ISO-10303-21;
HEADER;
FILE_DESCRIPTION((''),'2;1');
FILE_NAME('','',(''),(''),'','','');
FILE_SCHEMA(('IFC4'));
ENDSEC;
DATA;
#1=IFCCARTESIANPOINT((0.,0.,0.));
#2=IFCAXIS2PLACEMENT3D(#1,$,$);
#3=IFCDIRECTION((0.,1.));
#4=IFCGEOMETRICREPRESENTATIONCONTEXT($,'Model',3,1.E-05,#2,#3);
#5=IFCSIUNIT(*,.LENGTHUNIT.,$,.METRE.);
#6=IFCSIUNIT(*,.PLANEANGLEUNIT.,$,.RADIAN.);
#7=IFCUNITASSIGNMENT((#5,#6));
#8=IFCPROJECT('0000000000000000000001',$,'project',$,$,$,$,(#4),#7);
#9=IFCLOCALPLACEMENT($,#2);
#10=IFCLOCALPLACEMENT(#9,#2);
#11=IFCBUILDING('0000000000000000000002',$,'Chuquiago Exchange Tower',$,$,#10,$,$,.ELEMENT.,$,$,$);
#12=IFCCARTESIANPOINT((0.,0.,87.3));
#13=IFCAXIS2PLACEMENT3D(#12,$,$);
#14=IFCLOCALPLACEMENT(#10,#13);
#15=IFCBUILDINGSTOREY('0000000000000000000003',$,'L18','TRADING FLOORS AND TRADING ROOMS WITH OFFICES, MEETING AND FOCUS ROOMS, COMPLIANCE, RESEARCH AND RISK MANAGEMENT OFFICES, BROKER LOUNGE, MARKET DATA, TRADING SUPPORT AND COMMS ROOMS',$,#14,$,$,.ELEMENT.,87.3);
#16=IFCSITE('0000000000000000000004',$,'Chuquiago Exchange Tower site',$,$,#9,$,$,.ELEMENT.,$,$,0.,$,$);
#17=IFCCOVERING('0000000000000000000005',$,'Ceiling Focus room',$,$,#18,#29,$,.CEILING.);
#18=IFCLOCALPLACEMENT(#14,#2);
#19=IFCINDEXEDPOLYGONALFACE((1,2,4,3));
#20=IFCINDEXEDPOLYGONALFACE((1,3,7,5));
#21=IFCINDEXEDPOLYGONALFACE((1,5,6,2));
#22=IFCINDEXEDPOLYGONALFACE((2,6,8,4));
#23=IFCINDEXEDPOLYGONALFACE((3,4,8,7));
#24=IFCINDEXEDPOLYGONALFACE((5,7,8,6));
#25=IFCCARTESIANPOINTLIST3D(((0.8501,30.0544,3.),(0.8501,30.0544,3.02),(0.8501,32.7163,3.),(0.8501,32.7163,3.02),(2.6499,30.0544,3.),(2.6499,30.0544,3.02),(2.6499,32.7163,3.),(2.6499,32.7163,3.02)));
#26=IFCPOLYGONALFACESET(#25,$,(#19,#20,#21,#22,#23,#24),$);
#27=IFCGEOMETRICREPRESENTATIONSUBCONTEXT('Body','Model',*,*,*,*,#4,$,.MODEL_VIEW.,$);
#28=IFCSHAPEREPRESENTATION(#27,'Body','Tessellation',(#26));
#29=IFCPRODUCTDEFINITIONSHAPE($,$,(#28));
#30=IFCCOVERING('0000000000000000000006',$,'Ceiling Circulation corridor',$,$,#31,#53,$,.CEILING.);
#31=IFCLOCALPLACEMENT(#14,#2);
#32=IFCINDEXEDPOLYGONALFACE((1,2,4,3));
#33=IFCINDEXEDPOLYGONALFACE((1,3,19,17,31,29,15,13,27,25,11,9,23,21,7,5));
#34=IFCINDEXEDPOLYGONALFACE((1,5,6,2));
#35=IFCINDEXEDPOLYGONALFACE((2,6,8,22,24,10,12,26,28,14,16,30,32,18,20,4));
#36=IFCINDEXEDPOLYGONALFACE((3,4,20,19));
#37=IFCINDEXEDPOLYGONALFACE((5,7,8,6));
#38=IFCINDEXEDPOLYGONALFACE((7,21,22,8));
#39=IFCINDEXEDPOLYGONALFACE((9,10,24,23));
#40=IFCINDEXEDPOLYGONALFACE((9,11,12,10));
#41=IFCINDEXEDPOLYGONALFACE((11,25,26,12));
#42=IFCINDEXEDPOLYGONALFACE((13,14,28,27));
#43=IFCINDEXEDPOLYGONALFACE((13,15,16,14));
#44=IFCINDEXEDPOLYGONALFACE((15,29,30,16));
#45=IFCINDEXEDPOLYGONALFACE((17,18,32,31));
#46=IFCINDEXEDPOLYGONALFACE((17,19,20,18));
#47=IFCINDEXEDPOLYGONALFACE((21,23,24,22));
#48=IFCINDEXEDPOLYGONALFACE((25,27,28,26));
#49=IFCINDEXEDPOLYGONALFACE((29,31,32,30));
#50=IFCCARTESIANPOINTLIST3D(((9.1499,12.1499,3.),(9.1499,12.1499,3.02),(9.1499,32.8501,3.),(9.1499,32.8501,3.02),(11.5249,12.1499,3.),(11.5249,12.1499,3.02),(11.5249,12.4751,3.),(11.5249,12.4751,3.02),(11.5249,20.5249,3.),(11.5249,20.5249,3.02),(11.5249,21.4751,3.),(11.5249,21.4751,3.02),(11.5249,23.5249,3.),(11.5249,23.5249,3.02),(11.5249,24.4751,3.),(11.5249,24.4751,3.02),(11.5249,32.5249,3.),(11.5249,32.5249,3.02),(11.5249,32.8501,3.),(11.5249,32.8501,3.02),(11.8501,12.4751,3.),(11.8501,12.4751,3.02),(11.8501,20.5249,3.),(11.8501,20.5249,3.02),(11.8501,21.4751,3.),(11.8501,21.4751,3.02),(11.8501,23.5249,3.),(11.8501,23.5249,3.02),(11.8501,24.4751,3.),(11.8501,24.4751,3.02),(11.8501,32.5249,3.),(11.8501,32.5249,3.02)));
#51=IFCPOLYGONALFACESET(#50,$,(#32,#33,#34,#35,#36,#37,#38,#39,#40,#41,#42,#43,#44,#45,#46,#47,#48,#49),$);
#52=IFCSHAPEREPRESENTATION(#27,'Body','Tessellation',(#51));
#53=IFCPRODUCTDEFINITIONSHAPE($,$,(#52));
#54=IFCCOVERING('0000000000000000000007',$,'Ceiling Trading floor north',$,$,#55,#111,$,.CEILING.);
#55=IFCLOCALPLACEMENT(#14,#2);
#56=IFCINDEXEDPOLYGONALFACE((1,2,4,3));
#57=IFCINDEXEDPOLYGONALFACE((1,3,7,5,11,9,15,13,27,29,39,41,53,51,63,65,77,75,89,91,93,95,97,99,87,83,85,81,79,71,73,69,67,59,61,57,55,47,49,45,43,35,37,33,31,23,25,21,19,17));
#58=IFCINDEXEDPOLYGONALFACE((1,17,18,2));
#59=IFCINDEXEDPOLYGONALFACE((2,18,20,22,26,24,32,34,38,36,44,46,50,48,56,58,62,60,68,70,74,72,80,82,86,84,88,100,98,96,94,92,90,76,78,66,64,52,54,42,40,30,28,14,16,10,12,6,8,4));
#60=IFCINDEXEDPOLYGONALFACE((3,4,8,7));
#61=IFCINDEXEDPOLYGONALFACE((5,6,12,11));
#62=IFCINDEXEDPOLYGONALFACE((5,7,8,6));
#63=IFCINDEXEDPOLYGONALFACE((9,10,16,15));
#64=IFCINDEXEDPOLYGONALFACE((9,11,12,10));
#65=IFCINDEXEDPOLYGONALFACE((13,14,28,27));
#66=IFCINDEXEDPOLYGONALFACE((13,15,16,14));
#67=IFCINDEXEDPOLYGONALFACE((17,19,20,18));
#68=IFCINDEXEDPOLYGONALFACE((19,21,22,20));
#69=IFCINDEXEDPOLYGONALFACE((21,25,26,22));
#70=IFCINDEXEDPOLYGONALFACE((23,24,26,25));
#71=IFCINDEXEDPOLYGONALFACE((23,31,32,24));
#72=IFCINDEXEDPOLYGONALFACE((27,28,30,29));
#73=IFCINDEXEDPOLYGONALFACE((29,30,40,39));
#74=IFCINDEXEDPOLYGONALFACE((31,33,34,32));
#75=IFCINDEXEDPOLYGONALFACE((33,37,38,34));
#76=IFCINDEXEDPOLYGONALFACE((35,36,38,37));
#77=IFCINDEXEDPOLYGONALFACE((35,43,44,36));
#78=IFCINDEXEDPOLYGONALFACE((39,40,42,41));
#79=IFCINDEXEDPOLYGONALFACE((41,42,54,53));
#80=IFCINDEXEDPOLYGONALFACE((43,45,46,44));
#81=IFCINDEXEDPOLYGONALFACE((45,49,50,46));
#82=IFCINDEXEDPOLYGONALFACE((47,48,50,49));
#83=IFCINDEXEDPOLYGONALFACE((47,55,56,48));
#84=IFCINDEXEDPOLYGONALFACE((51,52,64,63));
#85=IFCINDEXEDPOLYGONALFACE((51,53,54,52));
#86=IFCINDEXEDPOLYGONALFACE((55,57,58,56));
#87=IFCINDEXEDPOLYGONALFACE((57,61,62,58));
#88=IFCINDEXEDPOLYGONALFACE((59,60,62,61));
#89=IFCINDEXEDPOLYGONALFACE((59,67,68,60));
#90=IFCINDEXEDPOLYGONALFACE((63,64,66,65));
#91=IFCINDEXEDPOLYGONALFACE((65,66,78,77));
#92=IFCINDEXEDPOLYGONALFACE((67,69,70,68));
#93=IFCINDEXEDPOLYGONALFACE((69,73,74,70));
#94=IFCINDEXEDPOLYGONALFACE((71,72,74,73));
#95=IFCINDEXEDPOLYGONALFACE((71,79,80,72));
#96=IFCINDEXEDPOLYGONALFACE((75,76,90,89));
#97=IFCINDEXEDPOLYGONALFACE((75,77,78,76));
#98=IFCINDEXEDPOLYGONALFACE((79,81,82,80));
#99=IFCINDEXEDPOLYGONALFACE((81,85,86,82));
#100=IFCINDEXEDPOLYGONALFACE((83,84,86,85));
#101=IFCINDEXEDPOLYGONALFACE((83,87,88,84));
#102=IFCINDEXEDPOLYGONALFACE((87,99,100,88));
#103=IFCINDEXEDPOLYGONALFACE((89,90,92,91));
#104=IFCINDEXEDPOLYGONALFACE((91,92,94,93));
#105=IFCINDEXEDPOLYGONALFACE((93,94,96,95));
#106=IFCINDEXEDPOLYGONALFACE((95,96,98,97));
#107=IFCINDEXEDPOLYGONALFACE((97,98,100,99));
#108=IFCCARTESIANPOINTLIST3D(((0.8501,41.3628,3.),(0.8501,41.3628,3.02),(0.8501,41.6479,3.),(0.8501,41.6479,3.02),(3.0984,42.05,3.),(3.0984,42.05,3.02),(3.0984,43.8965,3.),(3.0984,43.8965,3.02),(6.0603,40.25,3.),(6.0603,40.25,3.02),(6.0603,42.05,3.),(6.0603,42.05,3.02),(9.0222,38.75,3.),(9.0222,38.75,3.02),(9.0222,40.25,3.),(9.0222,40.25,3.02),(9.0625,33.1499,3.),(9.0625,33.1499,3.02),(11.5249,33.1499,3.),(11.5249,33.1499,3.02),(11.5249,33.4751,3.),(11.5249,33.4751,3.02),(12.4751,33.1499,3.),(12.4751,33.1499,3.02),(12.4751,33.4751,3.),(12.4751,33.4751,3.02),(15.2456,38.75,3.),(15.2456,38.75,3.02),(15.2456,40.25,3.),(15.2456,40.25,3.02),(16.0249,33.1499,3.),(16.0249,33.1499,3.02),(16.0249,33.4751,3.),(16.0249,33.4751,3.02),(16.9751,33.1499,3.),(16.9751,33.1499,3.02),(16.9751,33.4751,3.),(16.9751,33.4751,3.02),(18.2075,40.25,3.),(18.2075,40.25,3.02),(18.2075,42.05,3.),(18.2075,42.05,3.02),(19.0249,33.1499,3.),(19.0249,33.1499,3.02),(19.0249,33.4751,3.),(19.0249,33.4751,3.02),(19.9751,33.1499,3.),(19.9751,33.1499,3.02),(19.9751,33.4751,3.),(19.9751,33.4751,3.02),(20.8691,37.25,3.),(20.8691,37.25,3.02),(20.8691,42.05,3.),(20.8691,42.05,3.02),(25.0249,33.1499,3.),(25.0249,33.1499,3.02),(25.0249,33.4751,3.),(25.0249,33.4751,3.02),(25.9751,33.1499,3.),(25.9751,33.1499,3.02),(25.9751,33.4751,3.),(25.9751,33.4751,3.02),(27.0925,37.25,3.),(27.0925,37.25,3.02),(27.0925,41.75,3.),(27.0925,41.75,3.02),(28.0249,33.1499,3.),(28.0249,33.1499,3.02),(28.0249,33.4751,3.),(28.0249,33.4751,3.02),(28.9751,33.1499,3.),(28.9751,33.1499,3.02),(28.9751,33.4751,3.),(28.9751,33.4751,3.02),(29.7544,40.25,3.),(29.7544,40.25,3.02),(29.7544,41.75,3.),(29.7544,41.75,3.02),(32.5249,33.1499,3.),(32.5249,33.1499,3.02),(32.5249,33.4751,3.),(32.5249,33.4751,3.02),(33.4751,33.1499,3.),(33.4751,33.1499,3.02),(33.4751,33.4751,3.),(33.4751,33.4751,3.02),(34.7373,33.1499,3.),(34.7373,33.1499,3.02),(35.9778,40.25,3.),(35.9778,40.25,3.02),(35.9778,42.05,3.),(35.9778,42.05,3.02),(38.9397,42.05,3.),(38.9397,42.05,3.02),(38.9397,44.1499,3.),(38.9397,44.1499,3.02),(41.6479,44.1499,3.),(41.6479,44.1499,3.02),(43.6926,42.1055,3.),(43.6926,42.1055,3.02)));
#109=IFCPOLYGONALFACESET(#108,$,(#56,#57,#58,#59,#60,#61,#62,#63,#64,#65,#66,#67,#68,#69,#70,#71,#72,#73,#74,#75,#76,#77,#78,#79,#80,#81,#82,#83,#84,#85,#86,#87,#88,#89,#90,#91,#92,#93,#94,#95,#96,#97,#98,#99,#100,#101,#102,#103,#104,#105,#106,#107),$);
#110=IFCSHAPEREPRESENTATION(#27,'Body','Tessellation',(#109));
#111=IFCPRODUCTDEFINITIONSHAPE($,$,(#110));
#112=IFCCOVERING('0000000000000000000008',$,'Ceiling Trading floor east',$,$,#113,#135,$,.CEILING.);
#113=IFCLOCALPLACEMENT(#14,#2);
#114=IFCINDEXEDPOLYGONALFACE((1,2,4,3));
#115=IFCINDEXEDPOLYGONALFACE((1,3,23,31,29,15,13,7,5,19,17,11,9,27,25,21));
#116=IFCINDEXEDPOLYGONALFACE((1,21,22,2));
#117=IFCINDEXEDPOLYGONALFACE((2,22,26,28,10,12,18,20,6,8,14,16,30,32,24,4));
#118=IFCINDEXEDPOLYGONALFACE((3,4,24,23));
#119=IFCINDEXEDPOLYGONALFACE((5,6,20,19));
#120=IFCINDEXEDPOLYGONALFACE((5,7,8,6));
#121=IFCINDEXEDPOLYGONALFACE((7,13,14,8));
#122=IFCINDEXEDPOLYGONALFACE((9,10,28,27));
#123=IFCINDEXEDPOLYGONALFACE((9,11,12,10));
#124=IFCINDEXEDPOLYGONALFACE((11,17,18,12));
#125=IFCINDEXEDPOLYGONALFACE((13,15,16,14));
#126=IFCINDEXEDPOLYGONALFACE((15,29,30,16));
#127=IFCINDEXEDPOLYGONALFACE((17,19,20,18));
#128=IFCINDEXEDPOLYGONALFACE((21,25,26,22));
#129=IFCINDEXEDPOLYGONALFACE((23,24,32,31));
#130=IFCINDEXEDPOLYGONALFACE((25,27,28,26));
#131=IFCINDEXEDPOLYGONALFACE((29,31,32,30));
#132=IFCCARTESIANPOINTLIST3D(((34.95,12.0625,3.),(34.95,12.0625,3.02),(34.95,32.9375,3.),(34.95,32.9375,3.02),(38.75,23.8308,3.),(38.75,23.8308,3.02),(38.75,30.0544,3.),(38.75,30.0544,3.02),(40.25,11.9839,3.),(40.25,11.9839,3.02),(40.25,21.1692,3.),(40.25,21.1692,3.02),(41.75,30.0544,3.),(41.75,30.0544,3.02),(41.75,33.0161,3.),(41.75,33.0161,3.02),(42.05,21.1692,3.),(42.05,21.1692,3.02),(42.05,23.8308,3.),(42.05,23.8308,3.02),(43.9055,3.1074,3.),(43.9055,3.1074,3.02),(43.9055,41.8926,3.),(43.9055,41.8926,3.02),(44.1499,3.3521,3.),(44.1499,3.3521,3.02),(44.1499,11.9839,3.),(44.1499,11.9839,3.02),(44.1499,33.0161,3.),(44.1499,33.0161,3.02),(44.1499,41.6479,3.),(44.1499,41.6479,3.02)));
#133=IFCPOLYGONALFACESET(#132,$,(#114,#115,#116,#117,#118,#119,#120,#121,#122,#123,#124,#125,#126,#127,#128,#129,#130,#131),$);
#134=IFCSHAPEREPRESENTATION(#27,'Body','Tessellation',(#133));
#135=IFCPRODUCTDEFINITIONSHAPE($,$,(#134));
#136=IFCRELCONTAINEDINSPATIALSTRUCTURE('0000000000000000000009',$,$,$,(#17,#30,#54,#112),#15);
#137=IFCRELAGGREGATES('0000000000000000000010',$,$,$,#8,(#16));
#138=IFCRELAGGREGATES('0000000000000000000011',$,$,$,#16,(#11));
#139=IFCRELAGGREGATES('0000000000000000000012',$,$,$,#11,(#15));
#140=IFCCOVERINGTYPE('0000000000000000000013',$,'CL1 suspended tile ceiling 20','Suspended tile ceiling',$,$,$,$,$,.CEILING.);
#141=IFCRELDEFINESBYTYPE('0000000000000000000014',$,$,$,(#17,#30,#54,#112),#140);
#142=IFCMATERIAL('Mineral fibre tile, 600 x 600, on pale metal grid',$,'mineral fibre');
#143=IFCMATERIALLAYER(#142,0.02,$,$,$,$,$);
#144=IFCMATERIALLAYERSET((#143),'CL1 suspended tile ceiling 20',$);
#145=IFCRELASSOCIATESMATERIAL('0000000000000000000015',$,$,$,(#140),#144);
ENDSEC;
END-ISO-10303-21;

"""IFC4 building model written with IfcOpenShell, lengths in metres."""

from ifc_helpers import new_model, si_unit, direction, frame, origin, place, context, subcontext, project, spatial, polyline, outline, extrude, material, layer, layer_set, type_object, element, save


model = new_model("IFC4")

# Units and contexts
model_context = context("Model", 3, precision=1e-05, world=origin(), true_north=direction((0.0, 1.0)))
body_context = subcontext(model_context, "Body", "Model", "MODEL_VIEW")
ifc_project = project(units=[si_unit("LENGTHUNIT", "METRE"), si_unit("PLANEANGLEUNIT", "RADIAN")], contexts=[model_context])

# Site, building, storey
site_placement = place(None, origin())
site = spatial("IfcSite", under=ifc_project, at=site_placement, Name="Chuquiago Exchange Tower site", CompositionType="ELEMENT", RefElevation=0.0)
building_placement = place(site_placement, origin())
building = spatial("IfcBuilding", under=site, at=building_placement, Name="Chuquiago Exchange Tower", CompositionType="ELEMENT")
storey_placement = place(building_placement, frame((0.0, 0.0, 87.3)))
storey = spatial("IfcBuildingStorey", under=building, at=storey_placement, Name="L18", Description="TRADING FLOORS AND TRADING ROOMS WITH OFFICES, MEETING AND FOCUS ROOMS, COMPLIANCE, RESEARCH AND RISK MANAGEMENT OFFICES, BROKER LOUNGE, MARKET DATA, TRADING SUPPORT AND COMMS ROOMS", CompositionType="ELEMENT", Elevation=87.3)

# Coverings
ifc_material_1 = material(Name="Mineral fibre tile, 600 x 600, on pale metal grid", Category="mineral fibre")
ifc_layer_1 = layer(ifc_material_1, 0.02)
ifc_layer_set_1 = layer_set([ifc_layer_1], Name="CL1 suspended tile ceiling 20")
covering_type_1 = type_object("IfcCoveringType", Name="CL1 suspended tile ceiling 20", Description="Suspended tile ceiling", PredefinedType="CEILING", material=ifc_layer_set_1)
covering_1_placement = place(storey_placement, frame((0.0, 0.0, 3.0)))
element("IfcCovering", 1, at=covering_1_placement, inside=storey, type_object=covering_type_1, Name="Ceiling Focus room", PredefinedType="CEILING", context=body_context, shape_type="SweptSolid", body=[
    extrude(outline(polyline([(2.6499, 32.7163), (2.6499, 30.0544), (0.8501, 30.0544), (0.8501, 32.7163), (2.6499, 32.7163)])), origin(), (0.0, 0.0, 1.0), 0.02),
])
covering_2_placement = place(storey_placement, frame((0.0, 0.0, 3.0)))
element("IfcCovering", 2, at=covering_2_placement, inside=storey, type_object=covering_type_1, Name="Ceiling Circulation corridor", PredefinedType="CEILING", context=body_context, shape_type="SweptSolid", body=[
    extrude(outline(polyline([(9.1499, 12.1499), (9.1499, 32.8501), (11.5249, 32.8501), (11.5249, 32.5249), (11.8501, 32.5249), (11.8501, 24.4751), (11.5249, 24.4751), (11.5249, 23.5249), (11.8501, 23.5249), (11.8501, 21.4751), (11.5249, 21.4751), (11.5249, 20.5249), (11.8501, 20.5249), (11.8501, 12.4751), (11.5249, 12.4751), (11.5249, 12.1499), (9.1499, 12.1499)])), origin(), (0.0, 0.0, 1.0), 0.02),
])
covering_3_placement = place(storey_placement, frame((0.0, 0.0, 3.0)))
element("IfcCovering", 3, at=covering_3_placement, inside=storey, type_object=covering_type_1, Name="Ceiling Trading floor north", PredefinedType="CEILING", context=body_context, shape_type="SweptSolid", body=[
    extrude(outline(polyline([(3.0984, 43.8965), (3.0984, 42.05), (6.0603, 42.05), (6.0603, 40.25), (9.0222, 40.25), (9.0222, 38.75), (15.2456, 38.75), (15.2456, 40.25), (18.2075, 40.25), (18.2075, 42.05), (20.8691, 42.05), (20.8691, 37.25), (27.0925, 37.25), (27.0925, 41.75), (29.7544, 41.75), (29.7544, 40.25), (35.9778, 40.25), (35.9778, 42.05), (38.9397, 42.05), (38.9397, 44.1499), (41.6479, 44.1499), (43.6926, 42.1055), (34.7373, 33.1499), (33.4751, 33.1499), (33.4751, 33.4751), (32.5249, 33.4751), (32.5249, 33.1499), (28.9751, 33.1499), (28.9751, 33.4751), (28.0249, 33.4751), (28.0249, 33.1499), (25.9751, 33.1499), (25.9751, 33.4751), (25.0249, 33.4751), (25.0249, 33.1499), (19.9751, 33.1499), (19.9751, 33.4751), (19.0249, 33.4751), (19.0249, 33.1499), (16.9751, 33.1499), (16.9751, 33.4751), (16.0249, 33.4751), (16.0249, 33.1499), (12.4751, 33.1499), (12.4751, 33.4751), (11.5249, 33.4751), (11.5249, 33.1499), (9.0625, 33.1499), (0.8501, 41.3628), (0.8501, 41.6479), (3.0984, 43.8965)])), origin(), (0.0, 0.0, 1.0), 0.02),
])
covering_4_placement = place(storey_placement, frame((0.0, 0.0, 3.0)))
element("IfcCovering", 4, at=covering_4_placement, inside=storey, type_object=covering_type_1, Name="Ceiling Trading floor east", PredefinedType="CEILING", context=body_context, shape_type="SweptSolid", body=[
    extrude(outline(polyline([(44.1499, 33.0161), (41.75, 33.0161), (41.75, 30.0544), (38.75, 30.0544), (38.75, 23.8308), (42.05, 23.8308), (42.05, 21.1692), (40.25, 21.1692), (40.25, 11.9839), (44.1499, 11.9839), (44.1499, 3.3521), (43.9055, 3.1074), (34.95, 12.0625), (34.95, 32.9375), (43.9055, 41.8926), (44.1499, 41.6479), (44.1499, 33.0161)])), origin(), (0.0, 0.0, 1.0), 0.02),
])

save(model, "model.ifc")
